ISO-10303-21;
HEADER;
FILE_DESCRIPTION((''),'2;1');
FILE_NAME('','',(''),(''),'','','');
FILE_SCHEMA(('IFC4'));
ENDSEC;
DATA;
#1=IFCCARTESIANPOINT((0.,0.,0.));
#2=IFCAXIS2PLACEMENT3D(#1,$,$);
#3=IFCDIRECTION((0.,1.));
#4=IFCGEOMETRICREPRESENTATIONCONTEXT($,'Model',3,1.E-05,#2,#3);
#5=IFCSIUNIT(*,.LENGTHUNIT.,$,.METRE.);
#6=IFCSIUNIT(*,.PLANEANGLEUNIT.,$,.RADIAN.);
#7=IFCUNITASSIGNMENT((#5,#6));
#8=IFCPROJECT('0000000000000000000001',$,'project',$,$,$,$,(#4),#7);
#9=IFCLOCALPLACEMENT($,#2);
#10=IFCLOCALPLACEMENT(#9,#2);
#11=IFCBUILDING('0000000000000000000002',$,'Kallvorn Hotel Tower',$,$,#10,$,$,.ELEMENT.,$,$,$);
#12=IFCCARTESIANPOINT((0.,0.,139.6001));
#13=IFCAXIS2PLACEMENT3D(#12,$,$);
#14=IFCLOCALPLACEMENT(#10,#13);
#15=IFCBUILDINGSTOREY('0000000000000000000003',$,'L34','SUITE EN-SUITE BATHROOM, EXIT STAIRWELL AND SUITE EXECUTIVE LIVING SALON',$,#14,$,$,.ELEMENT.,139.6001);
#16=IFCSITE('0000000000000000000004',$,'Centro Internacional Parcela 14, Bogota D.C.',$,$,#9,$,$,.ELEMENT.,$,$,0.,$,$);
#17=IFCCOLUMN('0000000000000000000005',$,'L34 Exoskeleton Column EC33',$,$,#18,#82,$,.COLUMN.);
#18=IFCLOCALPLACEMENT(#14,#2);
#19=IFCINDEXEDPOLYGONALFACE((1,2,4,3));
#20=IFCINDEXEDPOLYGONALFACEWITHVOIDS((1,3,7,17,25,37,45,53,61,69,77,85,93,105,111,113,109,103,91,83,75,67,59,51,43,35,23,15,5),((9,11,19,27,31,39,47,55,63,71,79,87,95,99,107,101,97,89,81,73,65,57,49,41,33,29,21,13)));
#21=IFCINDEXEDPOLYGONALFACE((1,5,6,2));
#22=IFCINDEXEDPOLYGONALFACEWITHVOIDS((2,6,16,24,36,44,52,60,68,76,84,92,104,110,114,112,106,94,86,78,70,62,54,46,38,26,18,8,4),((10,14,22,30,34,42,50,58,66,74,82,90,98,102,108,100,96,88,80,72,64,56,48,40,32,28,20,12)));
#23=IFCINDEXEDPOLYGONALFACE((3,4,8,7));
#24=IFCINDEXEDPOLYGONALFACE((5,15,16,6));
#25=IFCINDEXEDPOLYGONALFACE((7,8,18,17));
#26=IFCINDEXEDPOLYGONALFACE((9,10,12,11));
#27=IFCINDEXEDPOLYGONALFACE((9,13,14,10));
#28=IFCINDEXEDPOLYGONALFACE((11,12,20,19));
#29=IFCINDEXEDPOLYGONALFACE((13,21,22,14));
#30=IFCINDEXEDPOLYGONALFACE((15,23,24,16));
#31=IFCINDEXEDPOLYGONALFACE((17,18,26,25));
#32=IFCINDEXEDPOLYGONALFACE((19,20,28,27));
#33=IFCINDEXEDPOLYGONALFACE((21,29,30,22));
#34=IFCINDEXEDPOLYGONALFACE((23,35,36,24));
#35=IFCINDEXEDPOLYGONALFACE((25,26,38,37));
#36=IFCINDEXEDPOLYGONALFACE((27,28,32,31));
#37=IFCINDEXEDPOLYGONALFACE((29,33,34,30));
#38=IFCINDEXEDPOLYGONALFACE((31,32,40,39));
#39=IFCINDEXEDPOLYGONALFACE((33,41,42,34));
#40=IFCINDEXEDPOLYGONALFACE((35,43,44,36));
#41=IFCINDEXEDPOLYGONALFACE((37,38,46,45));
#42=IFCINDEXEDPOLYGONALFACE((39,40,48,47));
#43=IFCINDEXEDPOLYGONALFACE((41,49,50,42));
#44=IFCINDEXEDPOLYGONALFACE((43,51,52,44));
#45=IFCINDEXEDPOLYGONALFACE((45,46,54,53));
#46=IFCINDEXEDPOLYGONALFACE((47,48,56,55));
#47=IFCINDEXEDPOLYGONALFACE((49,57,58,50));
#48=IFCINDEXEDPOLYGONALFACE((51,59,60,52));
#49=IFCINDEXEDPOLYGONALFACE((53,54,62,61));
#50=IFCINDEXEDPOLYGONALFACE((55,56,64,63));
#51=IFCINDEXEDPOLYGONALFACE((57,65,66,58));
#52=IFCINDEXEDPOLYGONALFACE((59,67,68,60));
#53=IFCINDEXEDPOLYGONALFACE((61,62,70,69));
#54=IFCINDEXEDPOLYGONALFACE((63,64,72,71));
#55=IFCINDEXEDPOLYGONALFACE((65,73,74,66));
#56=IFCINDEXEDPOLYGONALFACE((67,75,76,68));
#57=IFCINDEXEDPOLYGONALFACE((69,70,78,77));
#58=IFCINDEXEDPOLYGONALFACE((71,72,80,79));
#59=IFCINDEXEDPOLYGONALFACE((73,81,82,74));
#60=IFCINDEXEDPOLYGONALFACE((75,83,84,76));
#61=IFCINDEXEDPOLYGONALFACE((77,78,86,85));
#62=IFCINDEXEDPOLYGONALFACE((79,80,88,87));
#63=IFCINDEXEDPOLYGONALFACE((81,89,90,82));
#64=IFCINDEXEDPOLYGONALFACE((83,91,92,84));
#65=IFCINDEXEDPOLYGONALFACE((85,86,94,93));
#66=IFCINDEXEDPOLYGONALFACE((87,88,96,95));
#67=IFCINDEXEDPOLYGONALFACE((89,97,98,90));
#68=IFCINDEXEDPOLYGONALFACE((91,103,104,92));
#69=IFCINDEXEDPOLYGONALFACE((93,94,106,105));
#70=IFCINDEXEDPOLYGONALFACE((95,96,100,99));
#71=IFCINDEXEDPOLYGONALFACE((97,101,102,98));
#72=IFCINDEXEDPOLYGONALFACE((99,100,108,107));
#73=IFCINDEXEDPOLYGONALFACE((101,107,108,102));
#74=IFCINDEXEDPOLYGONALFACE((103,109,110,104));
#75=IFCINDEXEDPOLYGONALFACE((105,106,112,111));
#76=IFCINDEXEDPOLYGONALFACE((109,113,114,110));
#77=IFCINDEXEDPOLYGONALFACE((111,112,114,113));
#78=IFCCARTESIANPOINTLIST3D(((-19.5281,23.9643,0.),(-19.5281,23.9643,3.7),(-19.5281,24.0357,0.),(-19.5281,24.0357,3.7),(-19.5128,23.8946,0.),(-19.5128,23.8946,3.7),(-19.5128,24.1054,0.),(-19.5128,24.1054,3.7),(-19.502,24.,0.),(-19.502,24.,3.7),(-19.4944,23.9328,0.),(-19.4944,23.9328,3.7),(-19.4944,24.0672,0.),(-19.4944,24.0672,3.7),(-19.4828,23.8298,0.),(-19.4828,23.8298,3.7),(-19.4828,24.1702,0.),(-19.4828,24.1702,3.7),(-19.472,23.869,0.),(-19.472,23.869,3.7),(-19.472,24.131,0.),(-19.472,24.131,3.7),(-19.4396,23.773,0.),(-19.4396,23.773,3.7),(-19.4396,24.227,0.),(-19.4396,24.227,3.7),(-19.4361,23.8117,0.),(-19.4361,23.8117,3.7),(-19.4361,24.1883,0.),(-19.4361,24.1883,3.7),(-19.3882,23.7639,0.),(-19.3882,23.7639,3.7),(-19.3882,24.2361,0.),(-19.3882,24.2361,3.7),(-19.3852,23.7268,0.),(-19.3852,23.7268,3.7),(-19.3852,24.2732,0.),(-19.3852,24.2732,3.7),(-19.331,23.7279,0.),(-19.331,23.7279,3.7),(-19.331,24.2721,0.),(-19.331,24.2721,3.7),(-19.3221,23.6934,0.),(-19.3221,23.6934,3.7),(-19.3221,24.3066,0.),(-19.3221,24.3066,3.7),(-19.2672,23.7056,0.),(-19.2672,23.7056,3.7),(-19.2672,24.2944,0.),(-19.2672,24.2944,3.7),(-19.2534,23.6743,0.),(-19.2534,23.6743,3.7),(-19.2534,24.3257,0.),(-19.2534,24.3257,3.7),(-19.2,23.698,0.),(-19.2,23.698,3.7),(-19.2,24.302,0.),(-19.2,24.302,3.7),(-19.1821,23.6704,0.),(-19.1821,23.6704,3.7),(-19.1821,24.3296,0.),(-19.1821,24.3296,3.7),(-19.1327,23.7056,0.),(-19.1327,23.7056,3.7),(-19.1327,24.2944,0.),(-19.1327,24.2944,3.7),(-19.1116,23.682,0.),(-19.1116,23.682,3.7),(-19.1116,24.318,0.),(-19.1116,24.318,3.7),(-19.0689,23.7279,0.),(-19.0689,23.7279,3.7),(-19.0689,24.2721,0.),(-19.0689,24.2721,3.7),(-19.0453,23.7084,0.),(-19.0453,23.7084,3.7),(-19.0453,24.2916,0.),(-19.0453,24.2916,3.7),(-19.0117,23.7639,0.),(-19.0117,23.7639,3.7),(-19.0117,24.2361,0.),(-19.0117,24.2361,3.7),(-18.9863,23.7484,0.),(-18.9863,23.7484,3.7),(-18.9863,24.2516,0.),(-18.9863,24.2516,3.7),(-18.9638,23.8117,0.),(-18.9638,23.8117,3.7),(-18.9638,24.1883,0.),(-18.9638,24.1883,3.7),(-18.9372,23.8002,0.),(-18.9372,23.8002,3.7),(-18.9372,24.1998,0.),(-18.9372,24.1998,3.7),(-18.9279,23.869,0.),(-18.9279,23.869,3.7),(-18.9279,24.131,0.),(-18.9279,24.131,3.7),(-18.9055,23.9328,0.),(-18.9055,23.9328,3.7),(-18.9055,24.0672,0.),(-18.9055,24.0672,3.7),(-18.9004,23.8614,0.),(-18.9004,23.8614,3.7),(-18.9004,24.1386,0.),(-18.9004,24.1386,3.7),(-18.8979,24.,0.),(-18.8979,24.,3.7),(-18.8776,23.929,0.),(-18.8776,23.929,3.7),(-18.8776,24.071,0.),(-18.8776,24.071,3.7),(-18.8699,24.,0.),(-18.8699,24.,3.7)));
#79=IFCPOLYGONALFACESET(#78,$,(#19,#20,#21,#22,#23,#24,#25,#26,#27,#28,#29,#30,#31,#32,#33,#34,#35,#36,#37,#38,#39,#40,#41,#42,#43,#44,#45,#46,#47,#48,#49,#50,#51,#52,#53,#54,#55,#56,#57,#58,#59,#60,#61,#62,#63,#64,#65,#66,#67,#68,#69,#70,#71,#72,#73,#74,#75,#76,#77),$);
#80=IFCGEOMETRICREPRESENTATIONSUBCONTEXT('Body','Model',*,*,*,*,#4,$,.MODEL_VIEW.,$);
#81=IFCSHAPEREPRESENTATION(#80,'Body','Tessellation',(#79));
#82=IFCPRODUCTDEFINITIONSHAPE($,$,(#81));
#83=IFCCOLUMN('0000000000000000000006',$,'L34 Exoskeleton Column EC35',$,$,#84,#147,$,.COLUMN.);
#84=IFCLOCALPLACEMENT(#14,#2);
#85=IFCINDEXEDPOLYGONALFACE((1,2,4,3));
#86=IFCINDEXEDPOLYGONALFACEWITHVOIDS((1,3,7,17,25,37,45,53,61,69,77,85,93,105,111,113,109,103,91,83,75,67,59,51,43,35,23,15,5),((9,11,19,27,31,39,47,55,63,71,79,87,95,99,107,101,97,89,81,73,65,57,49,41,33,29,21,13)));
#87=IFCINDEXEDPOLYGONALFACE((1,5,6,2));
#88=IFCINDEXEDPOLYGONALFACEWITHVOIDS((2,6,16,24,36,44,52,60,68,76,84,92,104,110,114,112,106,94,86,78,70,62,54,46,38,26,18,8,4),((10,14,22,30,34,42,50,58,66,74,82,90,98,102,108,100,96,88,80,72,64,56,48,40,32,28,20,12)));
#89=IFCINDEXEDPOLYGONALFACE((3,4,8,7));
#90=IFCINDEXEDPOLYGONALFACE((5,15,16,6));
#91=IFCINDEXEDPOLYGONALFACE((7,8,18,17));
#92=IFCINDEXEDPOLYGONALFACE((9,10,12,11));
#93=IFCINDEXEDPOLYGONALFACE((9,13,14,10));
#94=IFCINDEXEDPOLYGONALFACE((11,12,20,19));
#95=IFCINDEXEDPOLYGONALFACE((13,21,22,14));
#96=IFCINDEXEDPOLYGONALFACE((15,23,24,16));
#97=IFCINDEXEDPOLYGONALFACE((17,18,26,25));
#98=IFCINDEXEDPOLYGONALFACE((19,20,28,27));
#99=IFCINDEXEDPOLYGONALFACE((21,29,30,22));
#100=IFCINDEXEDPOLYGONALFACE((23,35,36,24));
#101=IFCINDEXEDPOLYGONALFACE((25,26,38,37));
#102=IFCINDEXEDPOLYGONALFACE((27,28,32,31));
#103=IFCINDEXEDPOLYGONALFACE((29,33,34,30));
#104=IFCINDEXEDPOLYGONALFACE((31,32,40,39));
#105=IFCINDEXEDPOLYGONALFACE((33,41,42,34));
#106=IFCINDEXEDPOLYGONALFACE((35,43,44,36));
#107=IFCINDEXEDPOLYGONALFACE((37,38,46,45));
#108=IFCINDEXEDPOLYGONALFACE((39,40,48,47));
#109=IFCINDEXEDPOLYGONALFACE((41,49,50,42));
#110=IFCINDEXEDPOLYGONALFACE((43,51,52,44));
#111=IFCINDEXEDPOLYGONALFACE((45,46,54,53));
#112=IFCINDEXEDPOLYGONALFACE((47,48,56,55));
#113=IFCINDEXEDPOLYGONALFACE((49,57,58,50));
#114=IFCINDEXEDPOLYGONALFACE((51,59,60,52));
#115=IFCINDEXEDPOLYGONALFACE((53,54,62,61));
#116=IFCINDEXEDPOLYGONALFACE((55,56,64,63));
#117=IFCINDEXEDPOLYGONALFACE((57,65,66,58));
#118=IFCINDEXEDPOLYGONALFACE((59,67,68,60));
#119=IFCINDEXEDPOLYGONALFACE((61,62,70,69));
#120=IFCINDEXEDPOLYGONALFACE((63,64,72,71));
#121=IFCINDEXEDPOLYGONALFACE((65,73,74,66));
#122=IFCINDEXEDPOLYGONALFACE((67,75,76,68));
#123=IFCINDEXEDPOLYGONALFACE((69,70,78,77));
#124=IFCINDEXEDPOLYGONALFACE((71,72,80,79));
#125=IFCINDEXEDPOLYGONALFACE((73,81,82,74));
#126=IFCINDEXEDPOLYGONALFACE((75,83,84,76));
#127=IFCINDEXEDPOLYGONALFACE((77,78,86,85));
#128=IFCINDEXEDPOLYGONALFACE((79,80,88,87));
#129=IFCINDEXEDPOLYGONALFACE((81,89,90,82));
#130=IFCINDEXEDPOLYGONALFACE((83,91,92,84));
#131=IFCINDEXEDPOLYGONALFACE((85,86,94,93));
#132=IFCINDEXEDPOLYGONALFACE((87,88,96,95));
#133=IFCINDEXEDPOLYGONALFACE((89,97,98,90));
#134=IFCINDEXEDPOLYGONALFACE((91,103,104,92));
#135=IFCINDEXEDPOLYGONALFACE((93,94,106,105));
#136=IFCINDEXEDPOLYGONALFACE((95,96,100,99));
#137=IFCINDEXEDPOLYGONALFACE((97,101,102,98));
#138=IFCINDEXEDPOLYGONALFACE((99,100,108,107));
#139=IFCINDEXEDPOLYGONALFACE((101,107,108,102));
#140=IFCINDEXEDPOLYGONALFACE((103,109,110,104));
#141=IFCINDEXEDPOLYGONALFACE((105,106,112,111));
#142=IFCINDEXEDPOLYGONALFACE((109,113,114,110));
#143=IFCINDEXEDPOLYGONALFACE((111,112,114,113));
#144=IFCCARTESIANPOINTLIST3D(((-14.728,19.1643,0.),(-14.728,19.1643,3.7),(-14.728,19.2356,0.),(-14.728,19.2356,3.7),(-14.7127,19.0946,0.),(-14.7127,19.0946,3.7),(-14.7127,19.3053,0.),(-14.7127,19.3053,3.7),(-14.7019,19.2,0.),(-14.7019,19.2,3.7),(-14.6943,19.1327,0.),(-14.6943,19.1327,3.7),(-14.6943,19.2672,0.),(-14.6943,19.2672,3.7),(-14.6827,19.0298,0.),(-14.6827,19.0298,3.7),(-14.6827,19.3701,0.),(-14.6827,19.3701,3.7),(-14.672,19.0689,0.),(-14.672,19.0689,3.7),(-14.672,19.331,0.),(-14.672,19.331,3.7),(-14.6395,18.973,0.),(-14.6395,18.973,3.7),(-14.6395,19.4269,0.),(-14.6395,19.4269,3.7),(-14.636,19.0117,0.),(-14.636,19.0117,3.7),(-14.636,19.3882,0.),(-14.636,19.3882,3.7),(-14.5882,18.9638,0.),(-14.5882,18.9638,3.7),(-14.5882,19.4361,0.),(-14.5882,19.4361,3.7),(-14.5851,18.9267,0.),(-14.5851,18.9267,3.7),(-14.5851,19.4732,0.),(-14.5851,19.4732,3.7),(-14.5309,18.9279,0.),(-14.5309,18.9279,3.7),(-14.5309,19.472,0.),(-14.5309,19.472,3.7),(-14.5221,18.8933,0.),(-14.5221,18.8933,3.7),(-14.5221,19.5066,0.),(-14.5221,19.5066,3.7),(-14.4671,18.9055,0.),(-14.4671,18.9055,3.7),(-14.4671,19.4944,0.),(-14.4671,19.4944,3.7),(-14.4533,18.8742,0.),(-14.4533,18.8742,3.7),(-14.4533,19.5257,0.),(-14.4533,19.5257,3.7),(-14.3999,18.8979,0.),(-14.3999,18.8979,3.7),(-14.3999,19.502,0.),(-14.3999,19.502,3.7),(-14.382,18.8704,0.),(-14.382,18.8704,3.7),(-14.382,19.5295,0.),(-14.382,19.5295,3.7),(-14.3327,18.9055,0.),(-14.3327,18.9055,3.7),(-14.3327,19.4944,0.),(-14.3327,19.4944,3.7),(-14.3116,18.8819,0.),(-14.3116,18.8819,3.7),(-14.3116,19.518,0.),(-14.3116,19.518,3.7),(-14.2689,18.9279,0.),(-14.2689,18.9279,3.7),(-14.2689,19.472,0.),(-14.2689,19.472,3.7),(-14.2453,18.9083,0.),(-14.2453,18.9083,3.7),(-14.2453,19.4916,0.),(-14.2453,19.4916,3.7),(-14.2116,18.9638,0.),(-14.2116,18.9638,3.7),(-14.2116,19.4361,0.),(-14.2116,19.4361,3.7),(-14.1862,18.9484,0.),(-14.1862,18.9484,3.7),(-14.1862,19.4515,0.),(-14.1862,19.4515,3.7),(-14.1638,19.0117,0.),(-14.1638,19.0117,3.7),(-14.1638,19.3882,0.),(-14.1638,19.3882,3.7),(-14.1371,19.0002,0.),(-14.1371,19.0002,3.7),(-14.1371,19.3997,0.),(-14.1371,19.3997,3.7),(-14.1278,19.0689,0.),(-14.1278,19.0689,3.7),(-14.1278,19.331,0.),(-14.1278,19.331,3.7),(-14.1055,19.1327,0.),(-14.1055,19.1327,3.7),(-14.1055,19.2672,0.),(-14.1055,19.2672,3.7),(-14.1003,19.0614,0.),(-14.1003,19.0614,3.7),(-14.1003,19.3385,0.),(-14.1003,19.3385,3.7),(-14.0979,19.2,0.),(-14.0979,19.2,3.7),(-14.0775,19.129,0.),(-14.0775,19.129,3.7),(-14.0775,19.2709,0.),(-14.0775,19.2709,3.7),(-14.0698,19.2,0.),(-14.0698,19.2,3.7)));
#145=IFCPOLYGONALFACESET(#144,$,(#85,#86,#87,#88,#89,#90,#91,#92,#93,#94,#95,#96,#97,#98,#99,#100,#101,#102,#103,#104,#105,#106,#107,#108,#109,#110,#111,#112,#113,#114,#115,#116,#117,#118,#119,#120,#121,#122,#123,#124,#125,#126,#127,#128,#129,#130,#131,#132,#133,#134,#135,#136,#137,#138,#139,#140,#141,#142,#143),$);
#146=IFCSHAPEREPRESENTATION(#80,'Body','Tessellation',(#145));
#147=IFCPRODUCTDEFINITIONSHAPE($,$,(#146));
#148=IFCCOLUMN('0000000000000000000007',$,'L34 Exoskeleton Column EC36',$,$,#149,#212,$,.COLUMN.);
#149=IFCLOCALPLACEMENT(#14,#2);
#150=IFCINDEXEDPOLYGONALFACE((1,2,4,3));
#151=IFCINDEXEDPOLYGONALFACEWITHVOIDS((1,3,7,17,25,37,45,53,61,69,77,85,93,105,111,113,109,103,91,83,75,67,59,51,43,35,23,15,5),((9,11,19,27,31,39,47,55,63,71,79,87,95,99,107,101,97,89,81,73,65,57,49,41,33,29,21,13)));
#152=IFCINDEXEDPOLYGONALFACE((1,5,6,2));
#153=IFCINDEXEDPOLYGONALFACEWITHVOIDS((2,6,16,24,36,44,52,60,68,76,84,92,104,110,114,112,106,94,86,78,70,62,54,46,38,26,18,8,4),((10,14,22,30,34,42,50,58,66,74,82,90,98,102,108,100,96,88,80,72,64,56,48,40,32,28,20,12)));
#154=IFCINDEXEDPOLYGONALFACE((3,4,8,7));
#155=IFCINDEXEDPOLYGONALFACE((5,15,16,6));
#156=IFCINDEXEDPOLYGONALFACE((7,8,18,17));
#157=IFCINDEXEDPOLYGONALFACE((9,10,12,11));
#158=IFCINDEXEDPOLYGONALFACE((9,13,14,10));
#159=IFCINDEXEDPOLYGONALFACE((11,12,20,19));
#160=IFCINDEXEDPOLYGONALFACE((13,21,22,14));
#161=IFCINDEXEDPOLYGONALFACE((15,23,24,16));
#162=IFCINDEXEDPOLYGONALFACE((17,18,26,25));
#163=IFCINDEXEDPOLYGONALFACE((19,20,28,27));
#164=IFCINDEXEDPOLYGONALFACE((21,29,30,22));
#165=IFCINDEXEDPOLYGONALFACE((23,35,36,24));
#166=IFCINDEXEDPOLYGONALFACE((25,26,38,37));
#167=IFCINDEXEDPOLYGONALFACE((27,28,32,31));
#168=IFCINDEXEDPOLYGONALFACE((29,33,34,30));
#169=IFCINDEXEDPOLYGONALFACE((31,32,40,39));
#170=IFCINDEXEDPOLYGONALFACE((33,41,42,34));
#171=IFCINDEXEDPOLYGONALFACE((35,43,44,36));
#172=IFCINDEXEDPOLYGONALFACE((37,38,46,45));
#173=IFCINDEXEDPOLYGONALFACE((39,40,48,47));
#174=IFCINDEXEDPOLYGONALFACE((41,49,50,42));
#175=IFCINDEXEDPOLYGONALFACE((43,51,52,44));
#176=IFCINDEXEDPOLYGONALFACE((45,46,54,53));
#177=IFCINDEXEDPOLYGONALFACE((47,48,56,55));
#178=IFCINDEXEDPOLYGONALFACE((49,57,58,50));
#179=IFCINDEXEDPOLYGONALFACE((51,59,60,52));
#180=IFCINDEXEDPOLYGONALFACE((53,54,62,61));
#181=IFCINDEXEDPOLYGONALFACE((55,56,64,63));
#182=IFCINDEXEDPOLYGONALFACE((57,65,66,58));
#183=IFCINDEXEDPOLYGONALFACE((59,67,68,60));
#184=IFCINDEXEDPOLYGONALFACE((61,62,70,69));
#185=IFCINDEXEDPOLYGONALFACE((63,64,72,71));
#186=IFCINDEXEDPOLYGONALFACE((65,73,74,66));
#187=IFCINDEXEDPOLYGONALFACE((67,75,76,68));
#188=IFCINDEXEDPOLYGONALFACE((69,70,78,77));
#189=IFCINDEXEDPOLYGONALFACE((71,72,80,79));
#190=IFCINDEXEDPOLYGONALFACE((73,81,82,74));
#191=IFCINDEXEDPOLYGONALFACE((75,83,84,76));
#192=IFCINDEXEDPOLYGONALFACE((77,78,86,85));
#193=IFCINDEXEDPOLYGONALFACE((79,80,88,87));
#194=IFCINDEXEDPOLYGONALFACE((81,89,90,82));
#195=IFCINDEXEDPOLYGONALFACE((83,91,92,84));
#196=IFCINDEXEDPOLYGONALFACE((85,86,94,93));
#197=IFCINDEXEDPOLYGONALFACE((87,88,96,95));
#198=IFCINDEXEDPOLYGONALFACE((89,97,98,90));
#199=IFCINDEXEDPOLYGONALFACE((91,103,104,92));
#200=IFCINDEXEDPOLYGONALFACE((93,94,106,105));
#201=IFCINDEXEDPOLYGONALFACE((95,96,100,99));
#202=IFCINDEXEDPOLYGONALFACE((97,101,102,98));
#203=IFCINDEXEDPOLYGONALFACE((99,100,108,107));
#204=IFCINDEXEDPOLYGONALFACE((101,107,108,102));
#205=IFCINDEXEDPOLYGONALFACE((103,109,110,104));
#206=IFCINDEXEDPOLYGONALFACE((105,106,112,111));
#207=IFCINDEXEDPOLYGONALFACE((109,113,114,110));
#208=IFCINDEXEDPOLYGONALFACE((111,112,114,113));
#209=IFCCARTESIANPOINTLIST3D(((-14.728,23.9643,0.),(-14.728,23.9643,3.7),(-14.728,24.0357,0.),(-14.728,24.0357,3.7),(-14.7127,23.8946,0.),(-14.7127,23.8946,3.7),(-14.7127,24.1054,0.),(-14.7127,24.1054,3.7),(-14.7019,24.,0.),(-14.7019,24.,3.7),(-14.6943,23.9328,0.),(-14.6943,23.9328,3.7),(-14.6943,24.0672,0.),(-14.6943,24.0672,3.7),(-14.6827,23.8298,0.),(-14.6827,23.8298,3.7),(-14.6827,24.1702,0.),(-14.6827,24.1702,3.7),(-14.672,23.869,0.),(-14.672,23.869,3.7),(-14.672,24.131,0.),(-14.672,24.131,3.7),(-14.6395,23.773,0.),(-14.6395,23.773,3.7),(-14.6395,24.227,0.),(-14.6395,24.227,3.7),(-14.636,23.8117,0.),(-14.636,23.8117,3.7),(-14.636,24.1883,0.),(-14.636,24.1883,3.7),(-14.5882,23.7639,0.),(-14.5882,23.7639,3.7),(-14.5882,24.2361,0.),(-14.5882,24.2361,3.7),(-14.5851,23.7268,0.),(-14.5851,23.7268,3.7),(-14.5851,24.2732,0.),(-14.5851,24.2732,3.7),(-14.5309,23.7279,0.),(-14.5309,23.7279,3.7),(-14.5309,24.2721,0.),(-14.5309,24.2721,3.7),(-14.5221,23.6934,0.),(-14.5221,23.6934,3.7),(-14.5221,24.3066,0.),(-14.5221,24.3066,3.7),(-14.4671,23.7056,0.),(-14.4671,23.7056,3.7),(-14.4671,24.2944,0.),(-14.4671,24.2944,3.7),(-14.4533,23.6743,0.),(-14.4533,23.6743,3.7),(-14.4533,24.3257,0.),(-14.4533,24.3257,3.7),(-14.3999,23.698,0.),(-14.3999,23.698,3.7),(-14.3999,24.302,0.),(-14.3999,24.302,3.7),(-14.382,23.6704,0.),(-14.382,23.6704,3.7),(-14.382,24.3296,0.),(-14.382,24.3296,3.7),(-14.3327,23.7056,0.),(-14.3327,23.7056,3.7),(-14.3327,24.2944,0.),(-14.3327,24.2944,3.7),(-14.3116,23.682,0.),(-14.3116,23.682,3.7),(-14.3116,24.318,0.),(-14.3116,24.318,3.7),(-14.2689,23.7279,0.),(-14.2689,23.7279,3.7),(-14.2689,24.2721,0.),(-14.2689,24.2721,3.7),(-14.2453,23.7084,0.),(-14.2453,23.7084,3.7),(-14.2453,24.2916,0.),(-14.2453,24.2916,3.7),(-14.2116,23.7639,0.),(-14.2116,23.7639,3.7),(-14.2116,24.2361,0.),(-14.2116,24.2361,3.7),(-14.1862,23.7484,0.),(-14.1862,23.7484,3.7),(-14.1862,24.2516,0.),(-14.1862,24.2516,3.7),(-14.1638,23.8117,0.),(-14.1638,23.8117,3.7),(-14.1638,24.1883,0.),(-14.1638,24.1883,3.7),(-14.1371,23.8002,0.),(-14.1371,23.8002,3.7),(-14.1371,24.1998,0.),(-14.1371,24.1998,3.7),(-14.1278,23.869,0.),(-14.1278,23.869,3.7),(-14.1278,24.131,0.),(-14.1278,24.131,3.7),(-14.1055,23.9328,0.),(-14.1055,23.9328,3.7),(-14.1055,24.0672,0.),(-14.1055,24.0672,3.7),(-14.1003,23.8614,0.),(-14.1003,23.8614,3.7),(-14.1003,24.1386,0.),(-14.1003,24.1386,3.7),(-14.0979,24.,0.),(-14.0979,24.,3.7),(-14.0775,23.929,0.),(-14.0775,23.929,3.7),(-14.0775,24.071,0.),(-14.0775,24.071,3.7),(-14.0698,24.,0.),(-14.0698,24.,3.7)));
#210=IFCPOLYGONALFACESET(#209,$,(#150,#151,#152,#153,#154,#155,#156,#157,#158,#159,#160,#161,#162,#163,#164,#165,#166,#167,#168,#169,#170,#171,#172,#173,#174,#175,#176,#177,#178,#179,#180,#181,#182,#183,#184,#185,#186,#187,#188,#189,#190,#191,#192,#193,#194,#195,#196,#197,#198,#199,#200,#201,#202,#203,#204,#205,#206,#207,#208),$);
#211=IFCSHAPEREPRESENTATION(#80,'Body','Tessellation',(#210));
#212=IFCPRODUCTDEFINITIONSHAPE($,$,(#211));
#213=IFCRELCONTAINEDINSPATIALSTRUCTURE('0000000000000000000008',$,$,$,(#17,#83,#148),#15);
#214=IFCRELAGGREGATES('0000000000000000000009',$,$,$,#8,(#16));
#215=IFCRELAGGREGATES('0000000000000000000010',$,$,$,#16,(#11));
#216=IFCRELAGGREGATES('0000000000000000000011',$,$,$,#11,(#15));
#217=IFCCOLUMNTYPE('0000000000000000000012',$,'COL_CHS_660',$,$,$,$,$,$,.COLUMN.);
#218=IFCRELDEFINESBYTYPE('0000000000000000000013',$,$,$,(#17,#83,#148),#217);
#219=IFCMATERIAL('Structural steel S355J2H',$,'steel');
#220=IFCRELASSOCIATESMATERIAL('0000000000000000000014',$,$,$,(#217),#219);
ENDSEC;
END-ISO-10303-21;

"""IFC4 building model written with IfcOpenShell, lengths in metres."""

from ifc_helpers import new_model, si_unit, direction, frame, origin, origin_2d, place, context, subcontext, project, spatial, hollow_circle, extrude, material, material_profile, profile_set, type_object, element, save


model = new_model("IFC4")

# Units and contexts
model_context = context("Model", 3, precision=1e-05, world=origin(), true_north=direction((0.0, 1.0)))
body_context = subcontext(model_context, "Body", "Model", "MODEL_VIEW")
ifc_project = project(units=[si_unit("LENGTHUNIT", "METRE"), si_unit("PLANEANGLEUNIT", "RADIAN")], contexts=[model_context])

# Site, building, storey
site_placement = place(None, origin())
site = spatial("IfcSite", under=ifc_project, at=site_placement, Name="Centro Internacional Parcela 14, Bogota D.C.", CompositionType="ELEMENT", RefElevation=0.0)
building_placement = place(site_placement, origin())
building = spatial("IfcBuilding", under=site, at=building_placement, Name="Kallvorn Hotel Tower", CompositionType="ELEMENT")
storey_placement = place(building_placement, frame((0.0, 0.0, 139.6001)))
storey = spatial("IfcBuildingStorey", under=building, at=storey_placement, Name="L34", Description="SUITE EN-SUITE BATHROOM, EXIT STAIRWELL AND SUITE EXECUTIVE LIVING SALON", CompositionType="ELEMENT", Elevation=139.6001)

# Columns
ifc_material_1 = material(Name="Structural steel S355J2H", Category="steel")
ifc_material_profile_1 = material_profile(ifc_material_1, hollow_circle(Radius=0.3301, WallThickness=0.0281, at=origin_2d()), Name="CHS 660x28")
ifc_profile_set_1 = profile_set([ifc_material_profile_1], Name="Structural steel S355J2H")
column_type_1 = type_object("IfcColumnType", Name="COL_CHS_660", PredefinedType="COLUMN", material=ifc_profile_set_1)
for number, where, z_axis, x_axis, name in (
    (1, (-19.2, 24.0, 0.0), (0.0, 0.0, 1.0), (1.0, 0.0, 0.0), "L34 Exoskeleton Column EC33"),
    (2, (-14.3999, 19.2, 0.0), (0.0, 0.0, 1.0), (1.0, 0.0, 0.0), "L34 Exoskeleton Column EC35"),
    (3, (-14.3999, 24.0, 0.0), (0.0, 0.0, 1.0), (1.0, 0.0, 0.0), "L34 Exoskeleton Column EC36"),
):
    element("IfcColumn", number, at=place(storey_placement, frame(where, z_axis=z_axis, x_axis=x_axis)), inside=storey, type_object=column_type_1, Name=name, PredefinedType="COLUMN", context=body_context, shape_type="SweptSolid", body=[
        extrude(hollow_circle(Radius=0.3301, WallThickness=0.0281, at=origin_2d()), origin(), (0.0, 0.0, 1.0), 3.7),
    ])

save(model, "model.ifc")
